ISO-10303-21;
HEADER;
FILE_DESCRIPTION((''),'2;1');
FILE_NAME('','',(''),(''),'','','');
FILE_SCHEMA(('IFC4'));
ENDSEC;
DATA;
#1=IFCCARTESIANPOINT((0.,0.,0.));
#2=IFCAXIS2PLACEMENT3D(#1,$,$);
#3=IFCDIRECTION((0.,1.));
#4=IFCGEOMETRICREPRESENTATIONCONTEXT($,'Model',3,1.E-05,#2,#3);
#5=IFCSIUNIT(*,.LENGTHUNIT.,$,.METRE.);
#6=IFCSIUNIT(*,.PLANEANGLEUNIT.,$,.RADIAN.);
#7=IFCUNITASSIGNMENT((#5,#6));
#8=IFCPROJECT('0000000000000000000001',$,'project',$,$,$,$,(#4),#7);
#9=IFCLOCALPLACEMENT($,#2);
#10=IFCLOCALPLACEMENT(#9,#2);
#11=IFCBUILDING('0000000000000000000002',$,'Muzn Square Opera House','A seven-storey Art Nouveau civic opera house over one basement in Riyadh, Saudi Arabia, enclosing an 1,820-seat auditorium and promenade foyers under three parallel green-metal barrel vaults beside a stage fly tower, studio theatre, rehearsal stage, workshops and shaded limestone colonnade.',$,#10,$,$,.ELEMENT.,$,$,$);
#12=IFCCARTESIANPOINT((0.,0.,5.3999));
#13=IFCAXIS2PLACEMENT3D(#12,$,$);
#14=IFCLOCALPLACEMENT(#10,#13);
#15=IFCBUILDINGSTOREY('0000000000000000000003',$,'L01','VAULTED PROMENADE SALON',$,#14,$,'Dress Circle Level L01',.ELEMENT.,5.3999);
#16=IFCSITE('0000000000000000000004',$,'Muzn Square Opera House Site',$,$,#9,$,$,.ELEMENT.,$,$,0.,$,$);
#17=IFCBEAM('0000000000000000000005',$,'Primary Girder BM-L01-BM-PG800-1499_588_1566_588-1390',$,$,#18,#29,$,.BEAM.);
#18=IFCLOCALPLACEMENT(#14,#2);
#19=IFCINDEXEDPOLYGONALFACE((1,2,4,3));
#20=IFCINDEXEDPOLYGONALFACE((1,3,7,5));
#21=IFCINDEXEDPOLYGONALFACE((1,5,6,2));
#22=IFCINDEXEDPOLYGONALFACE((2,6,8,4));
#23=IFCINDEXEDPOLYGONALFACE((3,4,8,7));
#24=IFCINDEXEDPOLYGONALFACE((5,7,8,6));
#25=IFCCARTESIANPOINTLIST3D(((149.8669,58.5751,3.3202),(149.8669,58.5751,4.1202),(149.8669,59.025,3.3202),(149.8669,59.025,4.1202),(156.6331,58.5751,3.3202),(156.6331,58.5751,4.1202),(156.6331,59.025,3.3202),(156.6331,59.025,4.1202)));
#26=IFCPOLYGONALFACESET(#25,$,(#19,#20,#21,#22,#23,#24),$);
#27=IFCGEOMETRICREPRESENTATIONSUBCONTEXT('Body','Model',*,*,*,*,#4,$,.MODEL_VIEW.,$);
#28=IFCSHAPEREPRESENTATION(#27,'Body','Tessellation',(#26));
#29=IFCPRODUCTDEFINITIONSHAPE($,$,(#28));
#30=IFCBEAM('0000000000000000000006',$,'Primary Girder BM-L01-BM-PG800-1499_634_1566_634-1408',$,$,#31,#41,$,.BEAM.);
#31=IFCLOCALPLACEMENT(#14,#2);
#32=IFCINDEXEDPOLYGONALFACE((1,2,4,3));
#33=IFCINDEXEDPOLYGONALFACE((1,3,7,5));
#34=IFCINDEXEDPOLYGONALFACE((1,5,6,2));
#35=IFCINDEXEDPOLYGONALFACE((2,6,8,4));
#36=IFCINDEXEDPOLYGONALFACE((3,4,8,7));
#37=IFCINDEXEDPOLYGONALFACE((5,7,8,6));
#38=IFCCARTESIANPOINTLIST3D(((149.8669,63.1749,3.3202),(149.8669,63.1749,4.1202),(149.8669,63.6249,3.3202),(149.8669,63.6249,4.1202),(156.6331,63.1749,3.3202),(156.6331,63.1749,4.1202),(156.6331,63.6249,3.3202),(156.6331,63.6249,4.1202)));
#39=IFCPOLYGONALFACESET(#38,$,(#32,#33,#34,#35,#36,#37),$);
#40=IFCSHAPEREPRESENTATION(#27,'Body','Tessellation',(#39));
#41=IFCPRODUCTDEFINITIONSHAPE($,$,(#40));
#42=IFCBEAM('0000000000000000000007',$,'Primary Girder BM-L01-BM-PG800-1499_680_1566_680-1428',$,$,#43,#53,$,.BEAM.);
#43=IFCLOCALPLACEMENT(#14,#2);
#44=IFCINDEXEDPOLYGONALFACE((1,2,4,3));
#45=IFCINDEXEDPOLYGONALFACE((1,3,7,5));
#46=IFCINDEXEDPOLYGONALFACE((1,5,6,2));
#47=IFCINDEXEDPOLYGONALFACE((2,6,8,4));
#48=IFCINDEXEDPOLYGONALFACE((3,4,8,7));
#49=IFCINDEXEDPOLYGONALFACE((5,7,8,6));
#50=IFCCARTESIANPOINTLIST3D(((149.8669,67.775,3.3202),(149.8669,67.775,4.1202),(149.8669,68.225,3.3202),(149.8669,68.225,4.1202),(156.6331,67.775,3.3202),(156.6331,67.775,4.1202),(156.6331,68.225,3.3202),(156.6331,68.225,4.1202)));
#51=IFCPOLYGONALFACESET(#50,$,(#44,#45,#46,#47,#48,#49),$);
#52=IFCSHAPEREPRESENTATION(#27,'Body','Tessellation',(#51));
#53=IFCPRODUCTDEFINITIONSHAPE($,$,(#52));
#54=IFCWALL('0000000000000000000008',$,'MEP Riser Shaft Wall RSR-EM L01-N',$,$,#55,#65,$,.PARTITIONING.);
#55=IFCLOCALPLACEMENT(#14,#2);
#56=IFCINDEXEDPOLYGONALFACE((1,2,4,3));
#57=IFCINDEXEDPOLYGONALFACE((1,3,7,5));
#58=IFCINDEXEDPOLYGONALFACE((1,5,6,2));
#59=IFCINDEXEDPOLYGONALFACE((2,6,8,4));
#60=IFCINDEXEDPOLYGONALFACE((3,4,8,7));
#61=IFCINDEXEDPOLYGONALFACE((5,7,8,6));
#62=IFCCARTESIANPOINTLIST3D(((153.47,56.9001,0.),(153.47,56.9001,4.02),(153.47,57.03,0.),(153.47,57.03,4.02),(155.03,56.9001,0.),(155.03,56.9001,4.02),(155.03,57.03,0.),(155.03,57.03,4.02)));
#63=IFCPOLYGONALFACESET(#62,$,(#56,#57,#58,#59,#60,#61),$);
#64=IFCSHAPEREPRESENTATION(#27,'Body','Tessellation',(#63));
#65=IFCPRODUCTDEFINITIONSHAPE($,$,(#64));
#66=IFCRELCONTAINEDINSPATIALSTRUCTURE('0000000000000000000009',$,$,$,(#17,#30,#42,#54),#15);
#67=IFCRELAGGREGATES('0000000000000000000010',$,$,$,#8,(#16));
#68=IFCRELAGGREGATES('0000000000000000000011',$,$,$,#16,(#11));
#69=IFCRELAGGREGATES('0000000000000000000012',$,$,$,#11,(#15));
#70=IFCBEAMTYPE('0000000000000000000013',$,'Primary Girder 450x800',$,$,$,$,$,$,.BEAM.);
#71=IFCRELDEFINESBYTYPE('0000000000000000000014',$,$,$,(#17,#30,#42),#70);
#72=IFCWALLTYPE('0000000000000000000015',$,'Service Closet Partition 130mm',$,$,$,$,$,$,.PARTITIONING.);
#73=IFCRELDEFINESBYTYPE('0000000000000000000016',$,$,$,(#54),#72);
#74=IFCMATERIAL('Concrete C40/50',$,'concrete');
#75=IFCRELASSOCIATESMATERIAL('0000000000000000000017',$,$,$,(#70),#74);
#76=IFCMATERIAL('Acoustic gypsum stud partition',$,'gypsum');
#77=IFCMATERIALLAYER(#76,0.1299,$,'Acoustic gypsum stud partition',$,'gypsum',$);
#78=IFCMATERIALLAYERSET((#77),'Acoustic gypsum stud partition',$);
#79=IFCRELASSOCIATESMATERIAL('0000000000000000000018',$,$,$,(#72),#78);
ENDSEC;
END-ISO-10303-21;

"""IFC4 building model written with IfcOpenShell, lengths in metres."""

from ifc_helpers import new_model, si_unit, direction, frame, frame_2d, origin, origin_2d, place, context, subcontext, project, spatial, rectangle, extrude, material, layer, layer_set, material_profile, profile_set, type_object, element, save


model = new_model("IFC4")

# Units and contexts
model_context = context("Model", 3, precision=1e-05, world=origin(), true_north=direction((0.0, 1.0)))
body_context = subcontext(model_context, "Body", "Model", "MODEL_VIEW")
ifc_project = project(units=[si_unit("LENGTHUNIT", "METRE"), si_unit("PLANEANGLEUNIT", "RADIAN")], contexts=[model_context])

# Site, building, storey
site_placement = place(None, origin())
site = spatial("IfcSite", under=ifc_project, at=site_placement, Name="Muzn Square Opera House Site", CompositionType="ELEMENT", RefElevation=0.0)
building_placement = place(site_placement, origin())
building = spatial("IfcBuilding", under=site, at=building_placement, Name="Muzn Square Opera House", Description="A seven-storey Art Nouveau civic opera house over one basement in Riyadh, Saudi Arabia, enclosing an 1,820-seat auditorium and promenade foyers under three parallel green-metal barrel vaults beside a stage fly tower, studio theatre, rehearsal stage, workshops and shaded limestone colonnade.", CompositionType="ELEMENT")
storey_placement = place(building_placement, frame((0.0, 0.0, 5.3999)))
storey = spatial("IfcBuildingStorey", under=building, at=storey_placement, Name="L01", Description="VAULTED PROMENADE SALON", LongName="Dress Circle Level L01", CompositionType="ELEMENT", Elevation=5.3999)

# Beams
ifc_material_1 = material(Name="Concrete C40/50", Category="concrete")
ifc_material_profile_1 = material_profile(ifc_material_1, rectangle(XDim=0.45, YDim=0.8, at=origin_2d()), Name="RCB 450x800", Category="concrete")
ifc_profile_set_1 = profile_set([ifc_material_profile_1], Name="Concrete C40/50")
beam_type_1 = type_object("IfcBeamType", Name="Primary Girder 450x800", PredefinedType="BEAM", material=ifc_profile_set_1)
for number, where, z_axis, x_axis, name in (
    (1, (149.8669, 58.8, 3.7202), (1.0, 0.0, 0.0), (0.0, 1.0, 0.0), "Primary Girder BM-L01-BM-PG800-1499_588_1566_588-1390"),
    (2, (149.8669, 63.3999, 3.7202), (1.0, 0.0, 0.0), (0.0, 1.0, 0.0), "Primary Girder BM-L01-BM-PG800-1499_634_1566_634-1408"),
    (3, (149.8669, 68.0, 3.7202), (1.0, 0.0, 0.0), (0.0, 1.0, 0.0), "Primary Girder BM-L01-BM-PG800-1499_680_1566_680-1428"),
):
    element("IfcBeam", number, at=place(storey_placement, frame(where, z_axis=z_axis, x_axis=x_axis)), inside=storey, type_object=beam_type_1, Name=name, PredefinedType="BEAM", context=body_context, shape_type="SweptSolid", body=[
        extrude(rectangle(XDim=0.45, YDim=0.8, at=origin_2d()), origin(), (0.0, 0.0, 1.0), 6.7661),
    ])

# Wall
ifc_material_2 = material(Name="Acoustic gypsum stud partition", Category="gypsum")
ifc_layer = layer(ifc_material_2, 0.1299, Name="Acoustic gypsum stud partition", Category="gypsum")
ifc_layer_set = layer_set([ifc_layer], Name="Acoustic gypsum stud partition")
wall_type = type_object("IfcWallType", Name="Service Closet Partition 130mm", PredefinedType="PARTITIONING", material=ifc_layer_set)
wall_placement = place(storey_placement, frame((153.47, 56.9651, 0.0), z_axis=(0.0, 0.0, 1.0), x_axis=(1.0, 0.0, 0.0)))
element("IfcWall", 4, at=wall_placement, inside=storey, type_object=wall_type, Name="MEP Riser Shaft Wall RSR-EM L01-N", PredefinedType="PARTITIONING", context=body_context, shape_type="SweptSolid", body=[
    extrude(rectangle(XDim=1.5601, YDim=0.1299, at=frame_2d((0.78, 0.0))), origin(), (0.0, 0.0, 1.0), 4.02),
])

save(model, "model.ifc")
